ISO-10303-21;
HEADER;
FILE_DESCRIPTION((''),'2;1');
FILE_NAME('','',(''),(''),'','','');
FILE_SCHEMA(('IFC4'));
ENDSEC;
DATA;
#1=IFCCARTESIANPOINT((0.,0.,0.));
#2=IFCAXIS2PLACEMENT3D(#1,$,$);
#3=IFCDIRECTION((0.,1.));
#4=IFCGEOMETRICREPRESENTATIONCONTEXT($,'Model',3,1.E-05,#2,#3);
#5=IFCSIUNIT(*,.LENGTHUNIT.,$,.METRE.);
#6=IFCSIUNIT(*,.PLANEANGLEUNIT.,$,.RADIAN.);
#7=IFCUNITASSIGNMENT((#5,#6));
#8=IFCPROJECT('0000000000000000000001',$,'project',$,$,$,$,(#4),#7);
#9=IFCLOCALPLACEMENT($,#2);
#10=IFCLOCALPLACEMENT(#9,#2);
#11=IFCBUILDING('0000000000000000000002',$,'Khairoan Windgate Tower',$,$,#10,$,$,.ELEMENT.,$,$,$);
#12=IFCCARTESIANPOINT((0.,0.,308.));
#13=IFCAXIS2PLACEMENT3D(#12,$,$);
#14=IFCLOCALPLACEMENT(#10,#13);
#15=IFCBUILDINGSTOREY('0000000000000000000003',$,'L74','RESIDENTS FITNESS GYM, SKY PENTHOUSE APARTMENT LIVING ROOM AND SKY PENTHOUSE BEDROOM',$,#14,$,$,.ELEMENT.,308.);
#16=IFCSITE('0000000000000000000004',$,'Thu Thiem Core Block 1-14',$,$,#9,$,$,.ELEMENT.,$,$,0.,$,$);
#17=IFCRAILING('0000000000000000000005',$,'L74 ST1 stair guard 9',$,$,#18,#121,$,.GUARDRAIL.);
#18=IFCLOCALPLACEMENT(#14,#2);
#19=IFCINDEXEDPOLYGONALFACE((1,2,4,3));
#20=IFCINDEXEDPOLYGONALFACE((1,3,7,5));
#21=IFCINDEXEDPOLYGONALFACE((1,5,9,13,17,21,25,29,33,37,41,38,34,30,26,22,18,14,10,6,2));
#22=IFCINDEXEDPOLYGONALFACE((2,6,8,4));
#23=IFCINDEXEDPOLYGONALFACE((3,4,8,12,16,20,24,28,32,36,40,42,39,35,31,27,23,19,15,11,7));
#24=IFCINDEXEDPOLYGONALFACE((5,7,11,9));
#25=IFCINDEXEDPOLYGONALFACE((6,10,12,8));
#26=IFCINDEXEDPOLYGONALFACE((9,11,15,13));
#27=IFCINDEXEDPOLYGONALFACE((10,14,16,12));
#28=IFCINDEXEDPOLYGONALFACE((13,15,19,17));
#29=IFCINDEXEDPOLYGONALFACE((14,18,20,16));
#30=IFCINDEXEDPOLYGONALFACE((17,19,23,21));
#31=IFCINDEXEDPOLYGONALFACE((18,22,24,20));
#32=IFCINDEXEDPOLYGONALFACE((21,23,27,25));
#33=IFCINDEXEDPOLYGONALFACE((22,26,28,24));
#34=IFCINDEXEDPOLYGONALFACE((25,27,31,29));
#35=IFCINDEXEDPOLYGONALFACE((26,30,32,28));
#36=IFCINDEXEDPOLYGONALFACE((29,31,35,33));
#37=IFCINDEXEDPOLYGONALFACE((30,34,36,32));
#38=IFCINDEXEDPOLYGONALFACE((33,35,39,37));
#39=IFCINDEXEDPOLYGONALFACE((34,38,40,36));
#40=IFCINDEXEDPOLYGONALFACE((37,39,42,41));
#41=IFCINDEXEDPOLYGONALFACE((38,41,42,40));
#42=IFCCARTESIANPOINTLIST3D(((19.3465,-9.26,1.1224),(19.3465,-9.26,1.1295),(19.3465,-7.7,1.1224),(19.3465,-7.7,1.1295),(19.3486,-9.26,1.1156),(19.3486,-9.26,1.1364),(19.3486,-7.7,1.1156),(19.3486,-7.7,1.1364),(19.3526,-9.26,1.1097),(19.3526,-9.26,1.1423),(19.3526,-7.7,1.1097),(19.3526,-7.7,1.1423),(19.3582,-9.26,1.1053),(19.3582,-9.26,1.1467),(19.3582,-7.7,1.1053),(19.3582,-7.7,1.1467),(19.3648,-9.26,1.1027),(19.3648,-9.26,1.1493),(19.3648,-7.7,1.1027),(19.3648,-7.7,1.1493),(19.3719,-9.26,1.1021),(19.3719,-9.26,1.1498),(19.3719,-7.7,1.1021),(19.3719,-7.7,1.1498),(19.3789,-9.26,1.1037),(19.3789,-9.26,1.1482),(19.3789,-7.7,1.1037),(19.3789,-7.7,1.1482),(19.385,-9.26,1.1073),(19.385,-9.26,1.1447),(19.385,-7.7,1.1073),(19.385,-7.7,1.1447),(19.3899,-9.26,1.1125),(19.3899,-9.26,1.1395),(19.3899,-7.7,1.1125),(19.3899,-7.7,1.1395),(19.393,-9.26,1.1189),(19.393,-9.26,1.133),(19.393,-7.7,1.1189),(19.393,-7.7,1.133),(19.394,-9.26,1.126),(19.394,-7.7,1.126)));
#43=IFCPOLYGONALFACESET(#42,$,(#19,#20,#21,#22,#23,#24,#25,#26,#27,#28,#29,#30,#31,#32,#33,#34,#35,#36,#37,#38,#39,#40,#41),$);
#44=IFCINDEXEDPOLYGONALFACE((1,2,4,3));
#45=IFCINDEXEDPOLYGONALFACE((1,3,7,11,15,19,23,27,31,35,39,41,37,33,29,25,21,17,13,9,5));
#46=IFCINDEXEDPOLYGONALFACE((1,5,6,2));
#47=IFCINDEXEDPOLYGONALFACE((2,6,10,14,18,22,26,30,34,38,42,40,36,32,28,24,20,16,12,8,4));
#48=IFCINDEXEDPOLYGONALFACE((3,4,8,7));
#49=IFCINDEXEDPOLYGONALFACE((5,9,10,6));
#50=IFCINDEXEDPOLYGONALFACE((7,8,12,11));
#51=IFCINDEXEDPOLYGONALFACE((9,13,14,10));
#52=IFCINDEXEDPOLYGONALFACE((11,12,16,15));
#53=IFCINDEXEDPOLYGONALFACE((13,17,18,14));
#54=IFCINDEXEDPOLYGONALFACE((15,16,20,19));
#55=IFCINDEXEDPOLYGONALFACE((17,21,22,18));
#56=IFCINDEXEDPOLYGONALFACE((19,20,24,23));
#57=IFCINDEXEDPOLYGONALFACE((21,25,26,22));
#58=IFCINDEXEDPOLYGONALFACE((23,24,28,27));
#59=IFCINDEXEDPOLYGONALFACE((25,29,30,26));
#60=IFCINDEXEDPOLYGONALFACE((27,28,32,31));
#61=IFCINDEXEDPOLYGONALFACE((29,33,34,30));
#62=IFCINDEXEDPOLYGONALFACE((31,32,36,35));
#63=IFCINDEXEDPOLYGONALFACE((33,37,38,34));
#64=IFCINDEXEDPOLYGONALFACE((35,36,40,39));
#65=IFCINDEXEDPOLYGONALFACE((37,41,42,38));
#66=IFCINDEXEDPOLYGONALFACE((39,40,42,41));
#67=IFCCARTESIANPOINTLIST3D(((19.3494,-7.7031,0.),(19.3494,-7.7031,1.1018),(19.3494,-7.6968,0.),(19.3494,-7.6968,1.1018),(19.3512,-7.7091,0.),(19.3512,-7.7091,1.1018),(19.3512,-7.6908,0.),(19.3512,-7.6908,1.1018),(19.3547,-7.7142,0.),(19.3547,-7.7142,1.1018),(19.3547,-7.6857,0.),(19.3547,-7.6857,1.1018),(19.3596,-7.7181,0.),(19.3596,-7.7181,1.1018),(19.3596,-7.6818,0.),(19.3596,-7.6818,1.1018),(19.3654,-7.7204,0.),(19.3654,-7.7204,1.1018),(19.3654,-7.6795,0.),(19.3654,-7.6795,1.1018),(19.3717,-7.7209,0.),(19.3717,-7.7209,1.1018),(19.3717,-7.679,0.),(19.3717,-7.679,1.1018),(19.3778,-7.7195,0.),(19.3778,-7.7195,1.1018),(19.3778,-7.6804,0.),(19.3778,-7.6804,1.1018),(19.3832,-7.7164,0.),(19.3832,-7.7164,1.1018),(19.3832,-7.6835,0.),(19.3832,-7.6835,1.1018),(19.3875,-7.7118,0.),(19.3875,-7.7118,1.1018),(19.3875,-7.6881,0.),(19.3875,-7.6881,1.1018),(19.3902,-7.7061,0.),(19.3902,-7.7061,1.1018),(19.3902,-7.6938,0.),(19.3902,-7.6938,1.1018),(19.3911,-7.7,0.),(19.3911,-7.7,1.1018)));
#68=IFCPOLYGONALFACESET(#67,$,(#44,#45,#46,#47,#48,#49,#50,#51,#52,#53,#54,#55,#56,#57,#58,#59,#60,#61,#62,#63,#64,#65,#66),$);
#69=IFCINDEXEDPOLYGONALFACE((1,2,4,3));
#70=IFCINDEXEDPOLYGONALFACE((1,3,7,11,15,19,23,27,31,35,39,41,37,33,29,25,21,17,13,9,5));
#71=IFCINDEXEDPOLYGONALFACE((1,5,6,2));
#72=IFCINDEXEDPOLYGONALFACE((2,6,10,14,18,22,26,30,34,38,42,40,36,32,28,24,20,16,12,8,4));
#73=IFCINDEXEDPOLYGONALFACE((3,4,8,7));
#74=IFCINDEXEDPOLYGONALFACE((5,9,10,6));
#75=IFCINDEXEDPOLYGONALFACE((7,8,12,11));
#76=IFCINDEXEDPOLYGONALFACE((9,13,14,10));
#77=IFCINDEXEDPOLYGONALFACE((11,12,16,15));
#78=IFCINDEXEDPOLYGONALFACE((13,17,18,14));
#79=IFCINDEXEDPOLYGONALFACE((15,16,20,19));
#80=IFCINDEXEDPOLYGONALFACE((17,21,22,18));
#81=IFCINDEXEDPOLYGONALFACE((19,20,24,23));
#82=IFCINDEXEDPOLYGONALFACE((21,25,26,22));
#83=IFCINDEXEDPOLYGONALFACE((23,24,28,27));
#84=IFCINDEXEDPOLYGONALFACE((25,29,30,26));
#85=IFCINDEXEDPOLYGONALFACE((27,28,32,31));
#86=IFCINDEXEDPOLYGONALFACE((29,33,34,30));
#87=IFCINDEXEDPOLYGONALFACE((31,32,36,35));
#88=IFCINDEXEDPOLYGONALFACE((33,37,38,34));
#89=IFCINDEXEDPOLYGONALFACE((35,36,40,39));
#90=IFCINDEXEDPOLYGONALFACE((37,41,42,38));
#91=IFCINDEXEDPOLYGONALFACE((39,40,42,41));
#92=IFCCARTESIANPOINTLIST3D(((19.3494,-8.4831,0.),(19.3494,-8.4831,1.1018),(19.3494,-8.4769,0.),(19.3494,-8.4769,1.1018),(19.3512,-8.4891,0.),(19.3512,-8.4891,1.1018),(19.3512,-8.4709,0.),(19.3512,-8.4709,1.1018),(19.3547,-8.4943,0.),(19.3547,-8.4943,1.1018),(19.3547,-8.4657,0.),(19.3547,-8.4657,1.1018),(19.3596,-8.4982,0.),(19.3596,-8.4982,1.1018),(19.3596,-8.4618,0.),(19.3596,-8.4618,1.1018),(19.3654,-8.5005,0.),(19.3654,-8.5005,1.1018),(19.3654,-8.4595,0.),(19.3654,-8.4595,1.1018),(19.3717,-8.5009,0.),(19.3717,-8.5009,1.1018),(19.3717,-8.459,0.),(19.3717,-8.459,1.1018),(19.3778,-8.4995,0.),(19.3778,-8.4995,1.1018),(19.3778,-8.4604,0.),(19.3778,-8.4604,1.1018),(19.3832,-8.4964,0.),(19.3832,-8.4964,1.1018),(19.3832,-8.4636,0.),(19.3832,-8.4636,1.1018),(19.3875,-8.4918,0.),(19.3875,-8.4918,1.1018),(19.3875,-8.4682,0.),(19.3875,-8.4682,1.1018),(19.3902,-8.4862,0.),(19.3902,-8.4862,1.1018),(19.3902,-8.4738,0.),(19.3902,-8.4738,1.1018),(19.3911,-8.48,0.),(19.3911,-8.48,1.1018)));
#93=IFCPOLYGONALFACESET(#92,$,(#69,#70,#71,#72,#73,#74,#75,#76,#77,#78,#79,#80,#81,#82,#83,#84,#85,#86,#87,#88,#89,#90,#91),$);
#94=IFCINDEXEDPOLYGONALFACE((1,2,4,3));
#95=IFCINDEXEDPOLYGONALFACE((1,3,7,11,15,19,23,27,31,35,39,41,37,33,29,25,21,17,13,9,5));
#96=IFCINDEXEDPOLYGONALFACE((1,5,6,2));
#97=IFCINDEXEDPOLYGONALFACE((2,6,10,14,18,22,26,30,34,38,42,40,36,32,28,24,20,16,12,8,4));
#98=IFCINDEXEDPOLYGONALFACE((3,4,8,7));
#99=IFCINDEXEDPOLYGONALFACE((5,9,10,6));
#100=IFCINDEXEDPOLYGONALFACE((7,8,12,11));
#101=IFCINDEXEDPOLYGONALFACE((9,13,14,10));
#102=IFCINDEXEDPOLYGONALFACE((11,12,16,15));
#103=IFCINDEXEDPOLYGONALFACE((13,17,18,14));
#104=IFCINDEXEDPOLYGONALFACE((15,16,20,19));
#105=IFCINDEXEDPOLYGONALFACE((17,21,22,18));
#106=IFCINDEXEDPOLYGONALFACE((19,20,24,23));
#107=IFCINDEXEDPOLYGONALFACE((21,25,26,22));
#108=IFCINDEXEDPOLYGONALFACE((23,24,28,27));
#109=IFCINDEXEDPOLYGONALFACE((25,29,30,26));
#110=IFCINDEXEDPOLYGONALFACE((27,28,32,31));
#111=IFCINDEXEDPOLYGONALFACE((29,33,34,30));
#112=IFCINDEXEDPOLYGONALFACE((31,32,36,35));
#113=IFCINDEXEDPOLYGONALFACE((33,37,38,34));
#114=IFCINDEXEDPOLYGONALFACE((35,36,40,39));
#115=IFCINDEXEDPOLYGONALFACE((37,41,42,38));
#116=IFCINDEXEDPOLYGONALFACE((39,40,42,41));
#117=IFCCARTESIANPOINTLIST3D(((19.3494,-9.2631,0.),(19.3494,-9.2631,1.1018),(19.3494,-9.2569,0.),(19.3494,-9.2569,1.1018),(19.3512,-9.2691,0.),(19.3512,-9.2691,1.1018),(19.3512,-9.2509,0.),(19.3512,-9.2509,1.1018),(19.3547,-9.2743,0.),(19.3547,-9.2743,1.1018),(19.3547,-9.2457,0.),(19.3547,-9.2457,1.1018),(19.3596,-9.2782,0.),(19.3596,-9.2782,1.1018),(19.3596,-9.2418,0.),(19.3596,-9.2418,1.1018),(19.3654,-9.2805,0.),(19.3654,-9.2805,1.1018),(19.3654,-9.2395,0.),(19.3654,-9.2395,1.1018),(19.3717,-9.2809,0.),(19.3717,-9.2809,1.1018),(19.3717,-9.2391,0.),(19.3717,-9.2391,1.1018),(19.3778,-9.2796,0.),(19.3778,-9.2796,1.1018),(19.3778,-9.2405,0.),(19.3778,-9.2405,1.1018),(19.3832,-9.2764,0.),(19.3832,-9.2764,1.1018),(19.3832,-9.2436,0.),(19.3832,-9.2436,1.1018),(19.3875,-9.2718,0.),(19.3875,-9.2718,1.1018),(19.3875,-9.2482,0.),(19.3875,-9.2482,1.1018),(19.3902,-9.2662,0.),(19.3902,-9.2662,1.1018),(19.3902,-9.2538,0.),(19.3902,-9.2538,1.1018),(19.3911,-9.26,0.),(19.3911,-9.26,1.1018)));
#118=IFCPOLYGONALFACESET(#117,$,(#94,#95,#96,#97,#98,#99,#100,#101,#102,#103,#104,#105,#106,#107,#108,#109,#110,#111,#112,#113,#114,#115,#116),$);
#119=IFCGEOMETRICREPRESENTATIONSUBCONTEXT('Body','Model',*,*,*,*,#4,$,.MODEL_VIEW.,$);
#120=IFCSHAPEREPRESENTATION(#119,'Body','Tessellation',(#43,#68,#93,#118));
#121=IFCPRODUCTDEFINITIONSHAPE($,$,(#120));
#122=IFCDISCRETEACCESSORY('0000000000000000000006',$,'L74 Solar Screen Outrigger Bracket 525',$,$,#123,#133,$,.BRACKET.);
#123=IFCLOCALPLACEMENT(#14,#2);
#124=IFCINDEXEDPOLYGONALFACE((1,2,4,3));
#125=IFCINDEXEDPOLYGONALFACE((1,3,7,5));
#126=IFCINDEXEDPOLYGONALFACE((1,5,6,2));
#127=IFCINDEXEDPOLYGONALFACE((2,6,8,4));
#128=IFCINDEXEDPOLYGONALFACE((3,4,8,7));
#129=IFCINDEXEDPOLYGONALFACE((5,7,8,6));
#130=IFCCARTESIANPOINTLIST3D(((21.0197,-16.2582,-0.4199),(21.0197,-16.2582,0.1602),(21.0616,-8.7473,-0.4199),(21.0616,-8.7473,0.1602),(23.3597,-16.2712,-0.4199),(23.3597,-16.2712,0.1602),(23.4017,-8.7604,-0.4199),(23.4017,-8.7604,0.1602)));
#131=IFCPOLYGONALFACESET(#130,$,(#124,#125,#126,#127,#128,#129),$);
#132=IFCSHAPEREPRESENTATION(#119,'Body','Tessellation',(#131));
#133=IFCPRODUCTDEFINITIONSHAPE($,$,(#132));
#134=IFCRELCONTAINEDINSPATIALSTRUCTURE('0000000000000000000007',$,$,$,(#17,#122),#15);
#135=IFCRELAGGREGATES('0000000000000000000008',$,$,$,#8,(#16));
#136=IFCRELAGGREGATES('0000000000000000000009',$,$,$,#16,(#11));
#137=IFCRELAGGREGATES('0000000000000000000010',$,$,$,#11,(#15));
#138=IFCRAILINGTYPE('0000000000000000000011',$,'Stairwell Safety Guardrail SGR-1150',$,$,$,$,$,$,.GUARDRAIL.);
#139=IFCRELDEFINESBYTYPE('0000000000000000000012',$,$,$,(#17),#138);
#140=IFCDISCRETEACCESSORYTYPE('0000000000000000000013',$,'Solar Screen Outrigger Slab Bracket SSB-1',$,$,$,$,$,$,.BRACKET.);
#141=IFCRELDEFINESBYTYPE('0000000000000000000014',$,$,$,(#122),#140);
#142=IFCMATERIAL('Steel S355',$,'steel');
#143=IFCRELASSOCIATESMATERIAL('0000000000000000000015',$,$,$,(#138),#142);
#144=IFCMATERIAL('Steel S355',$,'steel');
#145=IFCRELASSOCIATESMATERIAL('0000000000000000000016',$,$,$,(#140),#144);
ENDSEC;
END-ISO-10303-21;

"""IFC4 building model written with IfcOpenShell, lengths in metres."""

from ifc_helpers import new_model, si_unit, direction, frame, origin, origin_2d, place, context, subcontext, project, spatial, rectangle, circle, extrude, material, type_object, element, save


model = new_model("IFC4")

# Units and contexts
model_context = context("Model", 3, precision=1e-05, world=origin(), true_north=direction((0.0, 1.0)))
body_context = subcontext(model_context, "Body", "Model", "MODEL_VIEW")
ifc_project = project(units=[si_unit("LENGTHUNIT", "METRE"), si_unit("PLANEANGLEUNIT", "RADIAN")], contexts=[model_context])

# Site, building, storey
site_placement = place(None, origin())
site = spatial("IfcSite", under=ifc_project, at=site_placement, Name="Thu Thiem Core Block 1-14", CompositionType="ELEMENT", RefElevation=0.0)
building_placement = place(site_placement, origin())
building = spatial("IfcBuilding", under=site, at=building_placement, Name="Khairoan Windgate Tower", CompositionType="ELEMENT")
storey_placement = place(building_placement, frame((0.0, 0.0, 308.0)))
storey = spatial("IfcBuildingStorey", under=building, at=storey_placement, Name="L74", Description="RESIDENTS FITNESS GYM, SKY PENTHOUSE APARTMENT LIVING ROOM AND SKY PENTHOUSE BEDROOM", CompositionType="ELEMENT", Elevation=308.0)

# Railing
ifc_material_1 = material(Name="Steel S355", Category="steel")
railing_type_1 = type_object("IfcRailingType", Name="Stairwell Safety Guardrail SGR-1150", PredefinedType="GUARDRAIL", material=ifc_material_1)
for number, where, name in (
    (1, (19.3701, -7.7, 0.0), "L74 ST1 stair guard 9"),
):
    element("IfcRailing", number, at=place(storey_placement, frame(where)), inside=storey, type_object=railing_type_1, Name=name, PredefinedType="GUARDRAIL", context=body_context, shape_type="SweptSolid", body=[
        extrude(circle(Radius=0.0239, at=origin_2d()), frame((0.0, 0.0, 1.126), z_axis=(0.0, -1.0, 0.0), x_axis=(1.0, 0.0, 0.0)), (0.0, 0.0, 1.0), 1.5601),
        extrude(circle(Radius=0.021, at=origin_2d()), origin(), (0.0, 0.0, 1.0), 1.1018),
        extrude(circle(Radius=0.021, at=origin_2d()), frame((0.0, -0.78, 0.0)), (0.0, 0.0, 1.0), 1.1018),
        extrude(circle(Radius=0.021, at=origin_2d()), frame((0.0, -1.5601, 0.0)), (0.0, 0.0, 1.0), 1.1018),
    ])

# Discrete accessory
ifc_material_2 = material(Name="Steel S355", Category="steel")
discrete_accessory_type = type_object("IfcDiscreteAccessoryType", Name="Solar Screen Outrigger Slab Bracket SSB-1", PredefinedType="BRACKET", material=ifc_material_2)
discrete_accessory_placement = place(storey_placement, frame((22.2107, -12.5093, -0.4199), z_axis=(0.0, 0.0, 1.0), x_axis=(-0.005585, -0.999984, 0.0)))
element("IfcDiscreteAccessory", 2, at=discrete_accessory_placement, inside=storey, type_object=discrete_accessory_type, Name="L74 Solar Screen Outrigger Bracket 525", PredefinedType="BRACKET", context=body_context, shape_type="SweptSolid", body=[
    extrude(rectangle(XDim=7.511, YDim=2.3401, at=origin_2d()), origin(), (0.0, 0.0, 1.0), 0.5801),
])

save(model, "model.ifc")
